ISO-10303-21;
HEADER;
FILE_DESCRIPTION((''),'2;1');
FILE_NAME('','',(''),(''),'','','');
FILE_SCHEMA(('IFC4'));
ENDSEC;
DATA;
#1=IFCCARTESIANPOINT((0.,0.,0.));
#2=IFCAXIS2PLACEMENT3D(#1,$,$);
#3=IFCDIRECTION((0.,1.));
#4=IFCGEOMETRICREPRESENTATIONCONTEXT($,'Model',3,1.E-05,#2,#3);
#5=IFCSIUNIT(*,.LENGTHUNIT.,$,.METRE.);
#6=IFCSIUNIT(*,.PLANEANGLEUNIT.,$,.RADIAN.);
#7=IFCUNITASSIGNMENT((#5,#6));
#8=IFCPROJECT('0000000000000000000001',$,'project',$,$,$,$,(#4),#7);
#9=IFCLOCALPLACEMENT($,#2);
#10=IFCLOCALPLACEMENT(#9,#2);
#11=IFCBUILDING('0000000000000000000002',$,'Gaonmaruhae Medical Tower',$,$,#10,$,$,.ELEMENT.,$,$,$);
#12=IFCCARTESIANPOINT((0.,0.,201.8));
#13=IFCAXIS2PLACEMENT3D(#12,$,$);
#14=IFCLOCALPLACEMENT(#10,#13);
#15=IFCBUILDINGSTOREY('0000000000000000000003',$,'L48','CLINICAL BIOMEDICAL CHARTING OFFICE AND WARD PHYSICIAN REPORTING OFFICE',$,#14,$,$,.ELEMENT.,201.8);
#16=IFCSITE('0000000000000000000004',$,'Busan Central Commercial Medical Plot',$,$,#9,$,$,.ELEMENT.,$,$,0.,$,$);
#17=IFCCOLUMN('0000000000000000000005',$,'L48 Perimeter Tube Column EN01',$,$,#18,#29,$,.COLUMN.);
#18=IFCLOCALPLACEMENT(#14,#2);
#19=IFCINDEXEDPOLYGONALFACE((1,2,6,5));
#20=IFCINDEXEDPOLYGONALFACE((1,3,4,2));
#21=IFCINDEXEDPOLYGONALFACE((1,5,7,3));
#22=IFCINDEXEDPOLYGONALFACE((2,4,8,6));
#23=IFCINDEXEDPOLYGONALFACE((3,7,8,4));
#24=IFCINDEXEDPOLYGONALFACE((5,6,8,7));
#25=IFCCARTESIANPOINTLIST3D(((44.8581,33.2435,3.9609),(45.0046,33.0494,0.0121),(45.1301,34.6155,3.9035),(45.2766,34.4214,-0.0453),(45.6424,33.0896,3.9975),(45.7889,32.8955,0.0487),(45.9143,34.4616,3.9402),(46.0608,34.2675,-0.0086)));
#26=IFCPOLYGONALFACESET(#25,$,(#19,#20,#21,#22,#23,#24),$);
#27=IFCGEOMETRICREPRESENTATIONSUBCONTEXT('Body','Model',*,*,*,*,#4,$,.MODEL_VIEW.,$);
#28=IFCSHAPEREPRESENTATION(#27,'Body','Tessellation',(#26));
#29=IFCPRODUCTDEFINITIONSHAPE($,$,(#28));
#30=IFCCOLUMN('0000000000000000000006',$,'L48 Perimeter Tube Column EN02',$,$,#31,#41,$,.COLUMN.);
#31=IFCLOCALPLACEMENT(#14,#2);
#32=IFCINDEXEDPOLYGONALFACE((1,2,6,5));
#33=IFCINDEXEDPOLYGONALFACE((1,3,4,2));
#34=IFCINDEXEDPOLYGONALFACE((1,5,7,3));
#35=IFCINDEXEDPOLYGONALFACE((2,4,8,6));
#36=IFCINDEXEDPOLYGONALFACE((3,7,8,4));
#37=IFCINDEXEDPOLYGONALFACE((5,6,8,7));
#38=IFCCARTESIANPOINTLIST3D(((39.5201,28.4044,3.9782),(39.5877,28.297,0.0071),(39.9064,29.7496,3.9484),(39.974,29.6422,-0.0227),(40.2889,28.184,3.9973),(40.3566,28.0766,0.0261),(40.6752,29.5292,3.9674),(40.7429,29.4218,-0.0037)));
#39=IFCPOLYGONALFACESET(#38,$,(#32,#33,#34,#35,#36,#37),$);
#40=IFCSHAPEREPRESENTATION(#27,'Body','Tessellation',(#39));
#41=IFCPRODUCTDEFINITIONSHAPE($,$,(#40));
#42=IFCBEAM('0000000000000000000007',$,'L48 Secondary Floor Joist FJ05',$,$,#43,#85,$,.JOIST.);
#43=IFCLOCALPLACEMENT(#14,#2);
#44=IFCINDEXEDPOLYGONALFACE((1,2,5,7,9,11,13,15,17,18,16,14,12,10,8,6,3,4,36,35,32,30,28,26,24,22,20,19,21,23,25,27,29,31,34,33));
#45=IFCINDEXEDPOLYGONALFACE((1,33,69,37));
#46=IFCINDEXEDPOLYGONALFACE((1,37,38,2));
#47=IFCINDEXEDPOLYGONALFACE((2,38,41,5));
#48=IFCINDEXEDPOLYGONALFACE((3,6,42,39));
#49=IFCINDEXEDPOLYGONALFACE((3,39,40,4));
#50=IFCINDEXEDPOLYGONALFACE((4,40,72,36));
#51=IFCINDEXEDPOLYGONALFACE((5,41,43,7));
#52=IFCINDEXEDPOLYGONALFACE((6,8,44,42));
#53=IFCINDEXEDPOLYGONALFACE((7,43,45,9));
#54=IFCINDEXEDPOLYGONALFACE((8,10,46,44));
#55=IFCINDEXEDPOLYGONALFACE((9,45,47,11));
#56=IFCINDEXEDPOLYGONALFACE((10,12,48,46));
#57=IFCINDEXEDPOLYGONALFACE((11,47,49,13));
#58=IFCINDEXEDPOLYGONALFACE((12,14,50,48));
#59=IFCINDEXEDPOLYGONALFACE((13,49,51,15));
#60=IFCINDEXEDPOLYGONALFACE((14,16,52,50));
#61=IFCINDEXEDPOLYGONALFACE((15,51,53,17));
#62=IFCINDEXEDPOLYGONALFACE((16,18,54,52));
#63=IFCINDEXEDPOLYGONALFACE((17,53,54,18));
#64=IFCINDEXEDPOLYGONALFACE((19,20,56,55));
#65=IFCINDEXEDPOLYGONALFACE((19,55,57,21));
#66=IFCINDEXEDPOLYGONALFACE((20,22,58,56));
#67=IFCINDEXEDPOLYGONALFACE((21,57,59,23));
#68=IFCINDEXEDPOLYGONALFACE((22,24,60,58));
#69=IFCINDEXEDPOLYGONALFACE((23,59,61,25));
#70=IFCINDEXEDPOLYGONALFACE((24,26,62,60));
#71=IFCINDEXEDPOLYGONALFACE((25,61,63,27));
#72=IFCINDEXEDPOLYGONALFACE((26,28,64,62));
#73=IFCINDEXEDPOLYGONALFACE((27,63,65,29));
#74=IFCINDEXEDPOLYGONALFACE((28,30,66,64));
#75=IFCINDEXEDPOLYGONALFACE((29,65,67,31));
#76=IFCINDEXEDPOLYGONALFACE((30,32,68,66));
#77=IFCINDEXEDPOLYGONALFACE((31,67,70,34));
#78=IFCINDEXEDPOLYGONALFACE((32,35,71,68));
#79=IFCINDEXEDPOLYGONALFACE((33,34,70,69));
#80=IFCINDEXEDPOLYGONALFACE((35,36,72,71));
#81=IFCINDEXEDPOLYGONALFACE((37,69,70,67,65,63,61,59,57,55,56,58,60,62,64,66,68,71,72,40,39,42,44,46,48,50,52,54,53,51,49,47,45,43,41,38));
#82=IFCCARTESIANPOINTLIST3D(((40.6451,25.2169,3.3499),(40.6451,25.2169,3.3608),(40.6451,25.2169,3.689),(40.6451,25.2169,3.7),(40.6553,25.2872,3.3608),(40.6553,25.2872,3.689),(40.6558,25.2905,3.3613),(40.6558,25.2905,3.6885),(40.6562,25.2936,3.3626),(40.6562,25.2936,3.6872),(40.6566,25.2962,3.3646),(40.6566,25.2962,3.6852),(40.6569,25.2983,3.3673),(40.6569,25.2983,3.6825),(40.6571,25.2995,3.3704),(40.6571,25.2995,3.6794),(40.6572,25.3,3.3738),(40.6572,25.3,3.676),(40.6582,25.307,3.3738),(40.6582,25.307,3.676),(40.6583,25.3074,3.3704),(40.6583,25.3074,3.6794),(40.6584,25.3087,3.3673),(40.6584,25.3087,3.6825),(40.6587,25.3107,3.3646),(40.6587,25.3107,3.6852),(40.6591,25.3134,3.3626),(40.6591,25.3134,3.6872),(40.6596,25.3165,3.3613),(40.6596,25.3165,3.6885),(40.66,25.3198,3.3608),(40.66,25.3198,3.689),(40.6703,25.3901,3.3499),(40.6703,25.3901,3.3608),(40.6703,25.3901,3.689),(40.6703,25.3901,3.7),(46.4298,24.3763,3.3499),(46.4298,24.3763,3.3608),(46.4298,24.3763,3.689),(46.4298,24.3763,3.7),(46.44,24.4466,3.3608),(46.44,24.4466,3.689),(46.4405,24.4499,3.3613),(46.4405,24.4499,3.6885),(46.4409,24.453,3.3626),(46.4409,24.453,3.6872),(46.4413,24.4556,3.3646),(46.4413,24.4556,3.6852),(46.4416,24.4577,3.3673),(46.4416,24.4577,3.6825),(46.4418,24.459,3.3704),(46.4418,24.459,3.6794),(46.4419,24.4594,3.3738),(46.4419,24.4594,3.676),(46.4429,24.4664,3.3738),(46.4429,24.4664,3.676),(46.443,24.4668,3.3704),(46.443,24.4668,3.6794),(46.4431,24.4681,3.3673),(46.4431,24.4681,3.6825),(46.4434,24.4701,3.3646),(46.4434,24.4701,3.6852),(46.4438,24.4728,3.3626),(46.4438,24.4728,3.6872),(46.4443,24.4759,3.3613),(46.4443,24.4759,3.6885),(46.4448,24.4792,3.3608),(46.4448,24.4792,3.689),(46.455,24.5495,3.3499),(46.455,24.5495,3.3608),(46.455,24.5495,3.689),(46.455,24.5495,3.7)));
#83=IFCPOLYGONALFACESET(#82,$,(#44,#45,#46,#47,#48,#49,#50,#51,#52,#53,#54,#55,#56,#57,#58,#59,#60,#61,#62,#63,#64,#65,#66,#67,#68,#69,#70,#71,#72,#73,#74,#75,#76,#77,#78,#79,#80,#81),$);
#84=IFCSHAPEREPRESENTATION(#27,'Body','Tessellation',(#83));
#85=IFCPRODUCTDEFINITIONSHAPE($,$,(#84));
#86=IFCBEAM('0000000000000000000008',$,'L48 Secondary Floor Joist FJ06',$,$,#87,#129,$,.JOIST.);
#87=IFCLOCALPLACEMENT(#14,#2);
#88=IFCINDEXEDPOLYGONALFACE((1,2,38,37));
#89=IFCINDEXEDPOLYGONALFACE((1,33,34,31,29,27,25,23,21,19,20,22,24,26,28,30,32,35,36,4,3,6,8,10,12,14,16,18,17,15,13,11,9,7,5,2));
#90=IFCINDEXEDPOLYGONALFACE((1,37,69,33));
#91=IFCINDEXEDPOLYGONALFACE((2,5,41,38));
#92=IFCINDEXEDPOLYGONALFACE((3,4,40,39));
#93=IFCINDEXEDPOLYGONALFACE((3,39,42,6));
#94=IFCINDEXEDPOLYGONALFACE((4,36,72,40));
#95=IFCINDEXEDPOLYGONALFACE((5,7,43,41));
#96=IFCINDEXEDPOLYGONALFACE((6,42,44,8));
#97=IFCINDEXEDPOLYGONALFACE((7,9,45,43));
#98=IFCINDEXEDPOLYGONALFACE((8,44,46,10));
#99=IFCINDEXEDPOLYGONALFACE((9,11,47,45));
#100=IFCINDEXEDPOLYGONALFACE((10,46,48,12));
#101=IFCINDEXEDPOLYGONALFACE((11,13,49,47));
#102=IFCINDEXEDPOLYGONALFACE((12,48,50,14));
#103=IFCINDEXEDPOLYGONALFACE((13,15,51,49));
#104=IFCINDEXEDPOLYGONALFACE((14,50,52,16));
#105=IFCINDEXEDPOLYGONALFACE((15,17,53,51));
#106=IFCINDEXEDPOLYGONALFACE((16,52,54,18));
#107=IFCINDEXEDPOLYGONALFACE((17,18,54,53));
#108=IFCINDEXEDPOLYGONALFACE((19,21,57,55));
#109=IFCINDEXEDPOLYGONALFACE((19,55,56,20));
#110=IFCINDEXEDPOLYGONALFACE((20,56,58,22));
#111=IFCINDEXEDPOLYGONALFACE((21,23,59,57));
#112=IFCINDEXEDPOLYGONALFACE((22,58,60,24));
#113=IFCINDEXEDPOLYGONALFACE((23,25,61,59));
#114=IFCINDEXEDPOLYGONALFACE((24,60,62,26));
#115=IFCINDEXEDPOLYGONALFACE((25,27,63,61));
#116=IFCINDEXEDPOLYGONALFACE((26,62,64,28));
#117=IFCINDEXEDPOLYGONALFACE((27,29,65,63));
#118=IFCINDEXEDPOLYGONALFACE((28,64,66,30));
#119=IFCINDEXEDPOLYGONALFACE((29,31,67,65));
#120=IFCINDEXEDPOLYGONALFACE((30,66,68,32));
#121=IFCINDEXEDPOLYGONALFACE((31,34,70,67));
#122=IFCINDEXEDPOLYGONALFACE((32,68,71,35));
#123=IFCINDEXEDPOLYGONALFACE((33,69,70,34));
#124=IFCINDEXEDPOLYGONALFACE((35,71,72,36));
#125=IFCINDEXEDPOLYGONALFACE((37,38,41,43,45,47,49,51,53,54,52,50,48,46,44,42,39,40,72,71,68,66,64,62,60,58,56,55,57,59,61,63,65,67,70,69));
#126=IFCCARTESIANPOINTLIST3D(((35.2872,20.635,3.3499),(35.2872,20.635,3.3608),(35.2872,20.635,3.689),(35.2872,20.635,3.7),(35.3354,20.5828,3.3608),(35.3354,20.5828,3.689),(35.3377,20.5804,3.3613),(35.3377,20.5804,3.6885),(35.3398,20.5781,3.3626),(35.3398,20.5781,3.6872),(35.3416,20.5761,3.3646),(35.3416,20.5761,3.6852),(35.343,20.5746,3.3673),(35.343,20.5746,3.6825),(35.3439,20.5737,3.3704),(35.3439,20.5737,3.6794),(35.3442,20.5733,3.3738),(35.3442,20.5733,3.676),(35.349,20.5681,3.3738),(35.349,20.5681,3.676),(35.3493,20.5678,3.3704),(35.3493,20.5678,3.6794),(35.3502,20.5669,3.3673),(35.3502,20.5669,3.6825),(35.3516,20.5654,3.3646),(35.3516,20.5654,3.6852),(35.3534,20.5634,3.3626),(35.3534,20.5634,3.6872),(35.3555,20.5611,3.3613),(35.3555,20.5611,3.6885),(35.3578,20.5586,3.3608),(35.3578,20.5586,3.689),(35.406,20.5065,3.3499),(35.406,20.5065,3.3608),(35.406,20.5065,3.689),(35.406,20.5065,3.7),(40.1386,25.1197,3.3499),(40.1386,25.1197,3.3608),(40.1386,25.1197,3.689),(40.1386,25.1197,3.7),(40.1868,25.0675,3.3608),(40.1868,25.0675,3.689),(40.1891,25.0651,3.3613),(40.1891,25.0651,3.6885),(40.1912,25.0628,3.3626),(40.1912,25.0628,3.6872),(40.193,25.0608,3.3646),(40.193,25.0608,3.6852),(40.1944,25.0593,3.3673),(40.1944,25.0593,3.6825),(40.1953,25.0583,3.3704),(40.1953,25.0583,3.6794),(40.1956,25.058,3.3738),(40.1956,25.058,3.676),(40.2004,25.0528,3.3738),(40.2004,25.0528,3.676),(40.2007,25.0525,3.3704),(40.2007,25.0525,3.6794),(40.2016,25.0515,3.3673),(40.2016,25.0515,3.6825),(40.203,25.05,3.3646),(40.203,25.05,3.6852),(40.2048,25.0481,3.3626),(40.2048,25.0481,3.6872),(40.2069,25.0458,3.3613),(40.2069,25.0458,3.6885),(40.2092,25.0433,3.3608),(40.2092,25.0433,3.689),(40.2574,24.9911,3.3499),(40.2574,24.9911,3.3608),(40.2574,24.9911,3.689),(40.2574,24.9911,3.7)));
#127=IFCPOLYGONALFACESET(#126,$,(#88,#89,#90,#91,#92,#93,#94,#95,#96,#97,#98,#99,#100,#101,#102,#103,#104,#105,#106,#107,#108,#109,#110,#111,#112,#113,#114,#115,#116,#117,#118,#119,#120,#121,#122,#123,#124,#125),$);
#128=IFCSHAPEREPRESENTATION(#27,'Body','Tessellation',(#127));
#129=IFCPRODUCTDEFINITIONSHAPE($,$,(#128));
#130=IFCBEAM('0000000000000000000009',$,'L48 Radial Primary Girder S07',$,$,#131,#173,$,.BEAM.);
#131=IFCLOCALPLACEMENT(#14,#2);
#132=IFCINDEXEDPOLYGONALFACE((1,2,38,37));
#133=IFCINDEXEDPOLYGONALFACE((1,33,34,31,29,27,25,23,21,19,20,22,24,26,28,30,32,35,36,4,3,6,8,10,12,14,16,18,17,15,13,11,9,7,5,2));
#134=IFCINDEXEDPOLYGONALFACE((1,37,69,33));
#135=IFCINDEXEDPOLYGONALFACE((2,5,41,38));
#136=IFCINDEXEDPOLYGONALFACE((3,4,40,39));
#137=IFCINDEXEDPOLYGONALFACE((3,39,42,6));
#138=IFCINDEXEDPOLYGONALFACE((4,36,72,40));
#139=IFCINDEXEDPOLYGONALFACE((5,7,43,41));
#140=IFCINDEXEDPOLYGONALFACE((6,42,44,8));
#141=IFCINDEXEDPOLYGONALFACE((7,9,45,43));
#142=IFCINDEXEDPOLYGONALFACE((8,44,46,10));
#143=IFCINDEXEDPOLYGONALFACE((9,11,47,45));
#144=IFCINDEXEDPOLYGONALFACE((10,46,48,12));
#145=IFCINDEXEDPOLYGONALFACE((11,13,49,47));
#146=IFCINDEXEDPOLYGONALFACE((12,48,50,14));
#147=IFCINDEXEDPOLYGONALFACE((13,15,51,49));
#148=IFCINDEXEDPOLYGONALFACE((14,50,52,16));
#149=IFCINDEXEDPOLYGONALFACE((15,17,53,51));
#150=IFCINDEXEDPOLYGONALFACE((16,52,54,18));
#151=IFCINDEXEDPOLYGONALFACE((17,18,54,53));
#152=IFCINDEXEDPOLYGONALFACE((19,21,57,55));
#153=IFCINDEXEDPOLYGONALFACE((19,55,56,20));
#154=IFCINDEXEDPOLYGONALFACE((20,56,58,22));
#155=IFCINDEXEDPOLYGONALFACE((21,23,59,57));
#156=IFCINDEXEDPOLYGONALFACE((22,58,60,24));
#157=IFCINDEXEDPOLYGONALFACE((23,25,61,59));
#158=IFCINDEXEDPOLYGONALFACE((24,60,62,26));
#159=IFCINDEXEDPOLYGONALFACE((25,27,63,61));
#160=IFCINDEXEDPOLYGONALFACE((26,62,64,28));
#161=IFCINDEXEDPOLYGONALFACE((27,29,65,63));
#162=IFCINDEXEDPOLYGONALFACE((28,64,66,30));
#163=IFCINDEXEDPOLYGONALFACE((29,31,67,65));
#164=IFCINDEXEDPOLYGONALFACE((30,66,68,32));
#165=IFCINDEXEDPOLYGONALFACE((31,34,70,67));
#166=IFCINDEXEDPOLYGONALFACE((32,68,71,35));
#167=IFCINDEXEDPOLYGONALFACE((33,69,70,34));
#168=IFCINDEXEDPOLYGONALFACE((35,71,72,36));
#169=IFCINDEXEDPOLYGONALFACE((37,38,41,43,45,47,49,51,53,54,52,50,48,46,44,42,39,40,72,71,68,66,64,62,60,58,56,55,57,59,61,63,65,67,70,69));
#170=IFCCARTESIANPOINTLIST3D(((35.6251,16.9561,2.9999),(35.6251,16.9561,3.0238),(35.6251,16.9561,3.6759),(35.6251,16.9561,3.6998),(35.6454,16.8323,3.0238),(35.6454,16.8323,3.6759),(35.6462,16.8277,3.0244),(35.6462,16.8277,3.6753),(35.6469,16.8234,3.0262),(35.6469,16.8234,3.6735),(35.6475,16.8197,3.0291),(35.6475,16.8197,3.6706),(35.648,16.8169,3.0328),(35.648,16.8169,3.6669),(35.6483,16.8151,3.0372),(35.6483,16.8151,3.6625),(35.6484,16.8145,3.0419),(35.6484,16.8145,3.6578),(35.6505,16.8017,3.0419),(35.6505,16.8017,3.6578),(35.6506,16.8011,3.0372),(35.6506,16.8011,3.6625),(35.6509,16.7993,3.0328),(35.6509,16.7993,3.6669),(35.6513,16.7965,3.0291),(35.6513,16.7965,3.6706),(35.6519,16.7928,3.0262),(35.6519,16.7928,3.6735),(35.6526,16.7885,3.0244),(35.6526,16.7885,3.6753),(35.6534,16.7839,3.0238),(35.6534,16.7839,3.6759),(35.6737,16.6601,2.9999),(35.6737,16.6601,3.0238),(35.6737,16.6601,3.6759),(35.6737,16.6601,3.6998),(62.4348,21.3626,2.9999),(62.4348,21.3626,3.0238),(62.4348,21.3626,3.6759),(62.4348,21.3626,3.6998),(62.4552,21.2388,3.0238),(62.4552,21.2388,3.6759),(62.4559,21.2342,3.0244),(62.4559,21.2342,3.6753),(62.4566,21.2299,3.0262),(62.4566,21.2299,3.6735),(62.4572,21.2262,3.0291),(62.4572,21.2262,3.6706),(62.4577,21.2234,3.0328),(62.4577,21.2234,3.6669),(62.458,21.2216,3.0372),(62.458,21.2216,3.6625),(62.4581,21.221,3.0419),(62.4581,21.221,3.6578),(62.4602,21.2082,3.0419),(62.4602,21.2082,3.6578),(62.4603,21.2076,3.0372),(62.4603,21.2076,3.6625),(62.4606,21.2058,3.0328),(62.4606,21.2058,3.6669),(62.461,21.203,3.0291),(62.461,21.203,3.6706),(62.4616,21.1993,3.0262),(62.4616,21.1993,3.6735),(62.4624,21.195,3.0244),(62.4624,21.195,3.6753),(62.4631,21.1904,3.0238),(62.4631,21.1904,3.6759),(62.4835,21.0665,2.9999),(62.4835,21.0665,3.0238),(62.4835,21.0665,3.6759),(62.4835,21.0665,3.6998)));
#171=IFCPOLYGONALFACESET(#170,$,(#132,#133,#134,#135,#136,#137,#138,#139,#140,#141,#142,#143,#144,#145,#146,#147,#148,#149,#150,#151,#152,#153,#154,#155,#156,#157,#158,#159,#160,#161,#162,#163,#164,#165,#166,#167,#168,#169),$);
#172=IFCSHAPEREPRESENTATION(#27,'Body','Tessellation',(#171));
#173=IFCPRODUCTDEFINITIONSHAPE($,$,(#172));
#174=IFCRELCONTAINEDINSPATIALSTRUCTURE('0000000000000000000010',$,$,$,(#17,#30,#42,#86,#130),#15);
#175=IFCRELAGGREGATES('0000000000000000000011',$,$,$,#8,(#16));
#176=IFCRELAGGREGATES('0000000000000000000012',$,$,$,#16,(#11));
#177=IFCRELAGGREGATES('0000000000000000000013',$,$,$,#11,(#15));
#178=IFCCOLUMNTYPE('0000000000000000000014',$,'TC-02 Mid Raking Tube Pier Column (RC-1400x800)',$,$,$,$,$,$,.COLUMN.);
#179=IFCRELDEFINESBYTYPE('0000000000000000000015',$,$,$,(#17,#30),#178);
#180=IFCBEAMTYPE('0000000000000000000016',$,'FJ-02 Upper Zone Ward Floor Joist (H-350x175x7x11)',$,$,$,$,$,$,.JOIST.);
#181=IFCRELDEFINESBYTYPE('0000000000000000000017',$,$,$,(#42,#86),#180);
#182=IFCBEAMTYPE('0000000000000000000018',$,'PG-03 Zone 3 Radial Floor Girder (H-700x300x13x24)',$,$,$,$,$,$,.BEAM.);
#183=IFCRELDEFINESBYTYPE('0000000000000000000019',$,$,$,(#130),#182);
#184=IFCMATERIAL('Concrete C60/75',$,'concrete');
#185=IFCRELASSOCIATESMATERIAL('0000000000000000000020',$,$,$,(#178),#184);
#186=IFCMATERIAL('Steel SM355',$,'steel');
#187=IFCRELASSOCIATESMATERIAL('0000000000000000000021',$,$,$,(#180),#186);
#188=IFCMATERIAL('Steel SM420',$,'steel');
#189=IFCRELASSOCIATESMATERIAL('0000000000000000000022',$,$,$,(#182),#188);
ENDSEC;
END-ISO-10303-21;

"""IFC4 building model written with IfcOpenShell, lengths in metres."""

from ifc_helpers import new_model, si_unit, direction, frame, origin, origin_2d, place, context, subcontext, project, spatial, rectangle, i_section, extrude, material, material_profile, profile_set, type_object, element, save


model = new_model("IFC4")

# Units and contexts
model_context = context("Model", 3, precision=1e-05, world=origin(), true_north=direction((0.0, 1.0)))
body_context = subcontext(model_context, "Body", "Model", "MODEL_VIEW")
ifc_project = project(units=[si_unit("LENGTHUNIT", "METRE"), si_unit("PLANEANGLEUNIT", "RADIAN")], contexts=[model_context])

# Site, building, storey
site_placement = place(None, origin())
site = spatial("IfcSite", under=ifc_project, at=site_placement, Name="Busan Central Commercial Medical Plot", CompositionType="ELEMENT", RefElevation=0.0)
building_placement = place(site_placement, origin())
building = spatial("IfcBuilding", under=site, at=building_placement, Name="Gaonmaruhae Medical Tower", CompositionType="ELEMENT")
storey_placement = place(building_placement, frame((0.0, 0.0, 201.8)))
storey = spatial("IfcBuildingStorey", under=building, at=storey_placement, Name="L48", Description="CLINICAL BIOMEDICAL CHARTING OFFICE AND WARD PHYSICIAN REPORTING OFFICE", CompositionType="ELEMENT", Elevation=201.8)

# Columns
ifc_material_1 = material(Name="Concrete C60/75", Category="concrete")
ifc_material_profile_1 = material_profile(ifc_material_1, rectangle(XDim=1.3999, YDim=0.8, at=origin_2d()), Name="RC-1400x800")
ifc_profile_set_1 = profile_set([ifc_material_profile_1], Name="Concrete C60/75")
column_type = type_object("IfcColumnType", Name="TC-02 Mid Raking Tube Pier Column (RC-1400x800)", PredefinedType="COLUMN", material=ifc_profile_set_1)
column_1_placement = place(storey_placement, frame((45.5327, 33.6584, 0.0017), z_axis=(-0.037026, 0.04906, 0.998109), x_axis=(-0.194266, -0.980093, 0.040968)))
element("IfcColumn", 1, at=column_1_placement, inside=storey, type_object=column_type, Name="L48 Perimeter Tube Column EN01", PredefinedType="COLUMN", context=body_context, shape_type="SweptSolid", body=[
    extrude(rectangle(XDim=1.3999, YDim=0.8, at=origin_2d()), origin(), (0.0, 0.0, 1.0), 3.9563),
])
column_2_placement = place(storey_placement, frame((40.1653, 28.8594, 0.0017), z_axis=(-0.017021, 0.027036, 0.99949), x_axis=(-0.275948, -0.960937, 0.021294)))
element("IfcColumn", 2, at=column_2_placement, inside=storey, type_object=column_type, Name="L48 Perimeter Tube Column EN02", PredefinedType="COLUMN", context=body_context, shape_type="SweptSolid", body=[
    extrude(rectangle(XDim=1.3999, YDim=0.8, at=origin_2d()), origin(), (0.0, 0.0, 1.0), 3.9731),
])

# Beams
ifc_material_2 = material(Name="Steel SM355", Category="steel")
ifc_material_profile_2 = material_profile(ifc_material_2, i_section(OverallWidth=0.175, OverallDepth=0.3501, WebThickness=0.0071, FlangeThickness=0.011, FilletRadius=0.0129, at=origin_2d()), Name="H-350x175x7x11")
ifc_profile_set_2 = profile_set([ifc_material_profile_2], Name="Steel SM355")
beam_type_1 = type_object("IfcBeamType", Name="FJ-02 Upper Zone Ward Floor Joist (H-350x175x7x11)", PredefinedType="JOIST", material=ifc_profile_set_2)
beam_1_placement = place(storey_placement, frame((46.4424, 24.4629, 3.5249), z_axis=(-0.989607, 0.143801, 0.0), x_axis=(-0.143801, -0.989607, 0.0)))
element("IfcBeam", 3, at=beam_1_placement, inside=storey, type_object=beam_type_1, Name="L48 Secondary Floor Joist FJ05", PredefinedType="JOIST", context=body_context, shape_type="SweptSolid", body=[
    extrude(i_section(OverallWidth=0.175, OverallDepth=0.3501, WebThickness=0.0071, FlangeThickness=0.011, FilletRadius=0.0129, at=origin_2d()), origin(), (0.0, 0.0, 1.0), 5.8455),
])
beam_2_placement = place(storey_placement, frame((40.198, 25.0554, 3.5249), z_axis=(-0.734314, -0.678809, 0.0), x_axis=(0.678809, -0.734314, 0.0)))
element("IfcBeam", 4, at=beam_2_placement, inside=storey, type_object=beam_type_1, Name="L48 Secondary Floor Joist FJ06", PredefinedType="JOIST", context=body_context, shape_type="SweptSolid", body=[
    extrude(i_section(OverallWidth=0.175, OverallDepth=0.3501, WebThickness=0.0071, FlangeThickness=0.011, FilletRadius=0.0129, at=origin_2d()), origin(), (0.0, 0.0, 1.0), 6.6067),
])
ifc_material_3 = material(Name="Steel SM420", Category="steel")
ifc_material_profile_3 = material_profile(ifc_material_3, i_section(OverallWidth=0.3, OverallDepth=0.7, WebThickness=0.0129, FlangeThickness=0.0239, FilletRadius=0.0181, at=origin_2d()), Name="H-700x300x13x24")
ifc_profile_set_3 = profile_set([ifc_material_profile_3], Name="Steel SM420")
beam_type_2 = type_object("IfcBeamType", Name="PG-03 Zone 3 Radial Floor Girder (H-700x300x13x24)", PredefinedType="BEAM", material=ifc_profile_set_3)
beam_3_placement = place(storey_placement, frame((35.6494, 16.8081, 3.3499), z_axis=(0.98676, 0.162185, 0.0), x_axis=(-0.162185, 0.98676, 0.0)))
element("IfcBeam", 5, at=beam_3_placement, inside=storey, type_object=beam_type_2, Name="L48 Radial Primary Girder S07", PredefinedType="BEAM", context=body_context, shape_type="SweptSolid", body=[
    extrude(i_section(OverallWidth=0.3, OverallDepth=0.7, WebThickness=0.0129, FlangeThickness=0.0239, FilletRadius=0.0181, at=origin_2d()), origin(), (0.0, 0.0, 1.0), 27.1694),
])

save(model, "model.ifc")
